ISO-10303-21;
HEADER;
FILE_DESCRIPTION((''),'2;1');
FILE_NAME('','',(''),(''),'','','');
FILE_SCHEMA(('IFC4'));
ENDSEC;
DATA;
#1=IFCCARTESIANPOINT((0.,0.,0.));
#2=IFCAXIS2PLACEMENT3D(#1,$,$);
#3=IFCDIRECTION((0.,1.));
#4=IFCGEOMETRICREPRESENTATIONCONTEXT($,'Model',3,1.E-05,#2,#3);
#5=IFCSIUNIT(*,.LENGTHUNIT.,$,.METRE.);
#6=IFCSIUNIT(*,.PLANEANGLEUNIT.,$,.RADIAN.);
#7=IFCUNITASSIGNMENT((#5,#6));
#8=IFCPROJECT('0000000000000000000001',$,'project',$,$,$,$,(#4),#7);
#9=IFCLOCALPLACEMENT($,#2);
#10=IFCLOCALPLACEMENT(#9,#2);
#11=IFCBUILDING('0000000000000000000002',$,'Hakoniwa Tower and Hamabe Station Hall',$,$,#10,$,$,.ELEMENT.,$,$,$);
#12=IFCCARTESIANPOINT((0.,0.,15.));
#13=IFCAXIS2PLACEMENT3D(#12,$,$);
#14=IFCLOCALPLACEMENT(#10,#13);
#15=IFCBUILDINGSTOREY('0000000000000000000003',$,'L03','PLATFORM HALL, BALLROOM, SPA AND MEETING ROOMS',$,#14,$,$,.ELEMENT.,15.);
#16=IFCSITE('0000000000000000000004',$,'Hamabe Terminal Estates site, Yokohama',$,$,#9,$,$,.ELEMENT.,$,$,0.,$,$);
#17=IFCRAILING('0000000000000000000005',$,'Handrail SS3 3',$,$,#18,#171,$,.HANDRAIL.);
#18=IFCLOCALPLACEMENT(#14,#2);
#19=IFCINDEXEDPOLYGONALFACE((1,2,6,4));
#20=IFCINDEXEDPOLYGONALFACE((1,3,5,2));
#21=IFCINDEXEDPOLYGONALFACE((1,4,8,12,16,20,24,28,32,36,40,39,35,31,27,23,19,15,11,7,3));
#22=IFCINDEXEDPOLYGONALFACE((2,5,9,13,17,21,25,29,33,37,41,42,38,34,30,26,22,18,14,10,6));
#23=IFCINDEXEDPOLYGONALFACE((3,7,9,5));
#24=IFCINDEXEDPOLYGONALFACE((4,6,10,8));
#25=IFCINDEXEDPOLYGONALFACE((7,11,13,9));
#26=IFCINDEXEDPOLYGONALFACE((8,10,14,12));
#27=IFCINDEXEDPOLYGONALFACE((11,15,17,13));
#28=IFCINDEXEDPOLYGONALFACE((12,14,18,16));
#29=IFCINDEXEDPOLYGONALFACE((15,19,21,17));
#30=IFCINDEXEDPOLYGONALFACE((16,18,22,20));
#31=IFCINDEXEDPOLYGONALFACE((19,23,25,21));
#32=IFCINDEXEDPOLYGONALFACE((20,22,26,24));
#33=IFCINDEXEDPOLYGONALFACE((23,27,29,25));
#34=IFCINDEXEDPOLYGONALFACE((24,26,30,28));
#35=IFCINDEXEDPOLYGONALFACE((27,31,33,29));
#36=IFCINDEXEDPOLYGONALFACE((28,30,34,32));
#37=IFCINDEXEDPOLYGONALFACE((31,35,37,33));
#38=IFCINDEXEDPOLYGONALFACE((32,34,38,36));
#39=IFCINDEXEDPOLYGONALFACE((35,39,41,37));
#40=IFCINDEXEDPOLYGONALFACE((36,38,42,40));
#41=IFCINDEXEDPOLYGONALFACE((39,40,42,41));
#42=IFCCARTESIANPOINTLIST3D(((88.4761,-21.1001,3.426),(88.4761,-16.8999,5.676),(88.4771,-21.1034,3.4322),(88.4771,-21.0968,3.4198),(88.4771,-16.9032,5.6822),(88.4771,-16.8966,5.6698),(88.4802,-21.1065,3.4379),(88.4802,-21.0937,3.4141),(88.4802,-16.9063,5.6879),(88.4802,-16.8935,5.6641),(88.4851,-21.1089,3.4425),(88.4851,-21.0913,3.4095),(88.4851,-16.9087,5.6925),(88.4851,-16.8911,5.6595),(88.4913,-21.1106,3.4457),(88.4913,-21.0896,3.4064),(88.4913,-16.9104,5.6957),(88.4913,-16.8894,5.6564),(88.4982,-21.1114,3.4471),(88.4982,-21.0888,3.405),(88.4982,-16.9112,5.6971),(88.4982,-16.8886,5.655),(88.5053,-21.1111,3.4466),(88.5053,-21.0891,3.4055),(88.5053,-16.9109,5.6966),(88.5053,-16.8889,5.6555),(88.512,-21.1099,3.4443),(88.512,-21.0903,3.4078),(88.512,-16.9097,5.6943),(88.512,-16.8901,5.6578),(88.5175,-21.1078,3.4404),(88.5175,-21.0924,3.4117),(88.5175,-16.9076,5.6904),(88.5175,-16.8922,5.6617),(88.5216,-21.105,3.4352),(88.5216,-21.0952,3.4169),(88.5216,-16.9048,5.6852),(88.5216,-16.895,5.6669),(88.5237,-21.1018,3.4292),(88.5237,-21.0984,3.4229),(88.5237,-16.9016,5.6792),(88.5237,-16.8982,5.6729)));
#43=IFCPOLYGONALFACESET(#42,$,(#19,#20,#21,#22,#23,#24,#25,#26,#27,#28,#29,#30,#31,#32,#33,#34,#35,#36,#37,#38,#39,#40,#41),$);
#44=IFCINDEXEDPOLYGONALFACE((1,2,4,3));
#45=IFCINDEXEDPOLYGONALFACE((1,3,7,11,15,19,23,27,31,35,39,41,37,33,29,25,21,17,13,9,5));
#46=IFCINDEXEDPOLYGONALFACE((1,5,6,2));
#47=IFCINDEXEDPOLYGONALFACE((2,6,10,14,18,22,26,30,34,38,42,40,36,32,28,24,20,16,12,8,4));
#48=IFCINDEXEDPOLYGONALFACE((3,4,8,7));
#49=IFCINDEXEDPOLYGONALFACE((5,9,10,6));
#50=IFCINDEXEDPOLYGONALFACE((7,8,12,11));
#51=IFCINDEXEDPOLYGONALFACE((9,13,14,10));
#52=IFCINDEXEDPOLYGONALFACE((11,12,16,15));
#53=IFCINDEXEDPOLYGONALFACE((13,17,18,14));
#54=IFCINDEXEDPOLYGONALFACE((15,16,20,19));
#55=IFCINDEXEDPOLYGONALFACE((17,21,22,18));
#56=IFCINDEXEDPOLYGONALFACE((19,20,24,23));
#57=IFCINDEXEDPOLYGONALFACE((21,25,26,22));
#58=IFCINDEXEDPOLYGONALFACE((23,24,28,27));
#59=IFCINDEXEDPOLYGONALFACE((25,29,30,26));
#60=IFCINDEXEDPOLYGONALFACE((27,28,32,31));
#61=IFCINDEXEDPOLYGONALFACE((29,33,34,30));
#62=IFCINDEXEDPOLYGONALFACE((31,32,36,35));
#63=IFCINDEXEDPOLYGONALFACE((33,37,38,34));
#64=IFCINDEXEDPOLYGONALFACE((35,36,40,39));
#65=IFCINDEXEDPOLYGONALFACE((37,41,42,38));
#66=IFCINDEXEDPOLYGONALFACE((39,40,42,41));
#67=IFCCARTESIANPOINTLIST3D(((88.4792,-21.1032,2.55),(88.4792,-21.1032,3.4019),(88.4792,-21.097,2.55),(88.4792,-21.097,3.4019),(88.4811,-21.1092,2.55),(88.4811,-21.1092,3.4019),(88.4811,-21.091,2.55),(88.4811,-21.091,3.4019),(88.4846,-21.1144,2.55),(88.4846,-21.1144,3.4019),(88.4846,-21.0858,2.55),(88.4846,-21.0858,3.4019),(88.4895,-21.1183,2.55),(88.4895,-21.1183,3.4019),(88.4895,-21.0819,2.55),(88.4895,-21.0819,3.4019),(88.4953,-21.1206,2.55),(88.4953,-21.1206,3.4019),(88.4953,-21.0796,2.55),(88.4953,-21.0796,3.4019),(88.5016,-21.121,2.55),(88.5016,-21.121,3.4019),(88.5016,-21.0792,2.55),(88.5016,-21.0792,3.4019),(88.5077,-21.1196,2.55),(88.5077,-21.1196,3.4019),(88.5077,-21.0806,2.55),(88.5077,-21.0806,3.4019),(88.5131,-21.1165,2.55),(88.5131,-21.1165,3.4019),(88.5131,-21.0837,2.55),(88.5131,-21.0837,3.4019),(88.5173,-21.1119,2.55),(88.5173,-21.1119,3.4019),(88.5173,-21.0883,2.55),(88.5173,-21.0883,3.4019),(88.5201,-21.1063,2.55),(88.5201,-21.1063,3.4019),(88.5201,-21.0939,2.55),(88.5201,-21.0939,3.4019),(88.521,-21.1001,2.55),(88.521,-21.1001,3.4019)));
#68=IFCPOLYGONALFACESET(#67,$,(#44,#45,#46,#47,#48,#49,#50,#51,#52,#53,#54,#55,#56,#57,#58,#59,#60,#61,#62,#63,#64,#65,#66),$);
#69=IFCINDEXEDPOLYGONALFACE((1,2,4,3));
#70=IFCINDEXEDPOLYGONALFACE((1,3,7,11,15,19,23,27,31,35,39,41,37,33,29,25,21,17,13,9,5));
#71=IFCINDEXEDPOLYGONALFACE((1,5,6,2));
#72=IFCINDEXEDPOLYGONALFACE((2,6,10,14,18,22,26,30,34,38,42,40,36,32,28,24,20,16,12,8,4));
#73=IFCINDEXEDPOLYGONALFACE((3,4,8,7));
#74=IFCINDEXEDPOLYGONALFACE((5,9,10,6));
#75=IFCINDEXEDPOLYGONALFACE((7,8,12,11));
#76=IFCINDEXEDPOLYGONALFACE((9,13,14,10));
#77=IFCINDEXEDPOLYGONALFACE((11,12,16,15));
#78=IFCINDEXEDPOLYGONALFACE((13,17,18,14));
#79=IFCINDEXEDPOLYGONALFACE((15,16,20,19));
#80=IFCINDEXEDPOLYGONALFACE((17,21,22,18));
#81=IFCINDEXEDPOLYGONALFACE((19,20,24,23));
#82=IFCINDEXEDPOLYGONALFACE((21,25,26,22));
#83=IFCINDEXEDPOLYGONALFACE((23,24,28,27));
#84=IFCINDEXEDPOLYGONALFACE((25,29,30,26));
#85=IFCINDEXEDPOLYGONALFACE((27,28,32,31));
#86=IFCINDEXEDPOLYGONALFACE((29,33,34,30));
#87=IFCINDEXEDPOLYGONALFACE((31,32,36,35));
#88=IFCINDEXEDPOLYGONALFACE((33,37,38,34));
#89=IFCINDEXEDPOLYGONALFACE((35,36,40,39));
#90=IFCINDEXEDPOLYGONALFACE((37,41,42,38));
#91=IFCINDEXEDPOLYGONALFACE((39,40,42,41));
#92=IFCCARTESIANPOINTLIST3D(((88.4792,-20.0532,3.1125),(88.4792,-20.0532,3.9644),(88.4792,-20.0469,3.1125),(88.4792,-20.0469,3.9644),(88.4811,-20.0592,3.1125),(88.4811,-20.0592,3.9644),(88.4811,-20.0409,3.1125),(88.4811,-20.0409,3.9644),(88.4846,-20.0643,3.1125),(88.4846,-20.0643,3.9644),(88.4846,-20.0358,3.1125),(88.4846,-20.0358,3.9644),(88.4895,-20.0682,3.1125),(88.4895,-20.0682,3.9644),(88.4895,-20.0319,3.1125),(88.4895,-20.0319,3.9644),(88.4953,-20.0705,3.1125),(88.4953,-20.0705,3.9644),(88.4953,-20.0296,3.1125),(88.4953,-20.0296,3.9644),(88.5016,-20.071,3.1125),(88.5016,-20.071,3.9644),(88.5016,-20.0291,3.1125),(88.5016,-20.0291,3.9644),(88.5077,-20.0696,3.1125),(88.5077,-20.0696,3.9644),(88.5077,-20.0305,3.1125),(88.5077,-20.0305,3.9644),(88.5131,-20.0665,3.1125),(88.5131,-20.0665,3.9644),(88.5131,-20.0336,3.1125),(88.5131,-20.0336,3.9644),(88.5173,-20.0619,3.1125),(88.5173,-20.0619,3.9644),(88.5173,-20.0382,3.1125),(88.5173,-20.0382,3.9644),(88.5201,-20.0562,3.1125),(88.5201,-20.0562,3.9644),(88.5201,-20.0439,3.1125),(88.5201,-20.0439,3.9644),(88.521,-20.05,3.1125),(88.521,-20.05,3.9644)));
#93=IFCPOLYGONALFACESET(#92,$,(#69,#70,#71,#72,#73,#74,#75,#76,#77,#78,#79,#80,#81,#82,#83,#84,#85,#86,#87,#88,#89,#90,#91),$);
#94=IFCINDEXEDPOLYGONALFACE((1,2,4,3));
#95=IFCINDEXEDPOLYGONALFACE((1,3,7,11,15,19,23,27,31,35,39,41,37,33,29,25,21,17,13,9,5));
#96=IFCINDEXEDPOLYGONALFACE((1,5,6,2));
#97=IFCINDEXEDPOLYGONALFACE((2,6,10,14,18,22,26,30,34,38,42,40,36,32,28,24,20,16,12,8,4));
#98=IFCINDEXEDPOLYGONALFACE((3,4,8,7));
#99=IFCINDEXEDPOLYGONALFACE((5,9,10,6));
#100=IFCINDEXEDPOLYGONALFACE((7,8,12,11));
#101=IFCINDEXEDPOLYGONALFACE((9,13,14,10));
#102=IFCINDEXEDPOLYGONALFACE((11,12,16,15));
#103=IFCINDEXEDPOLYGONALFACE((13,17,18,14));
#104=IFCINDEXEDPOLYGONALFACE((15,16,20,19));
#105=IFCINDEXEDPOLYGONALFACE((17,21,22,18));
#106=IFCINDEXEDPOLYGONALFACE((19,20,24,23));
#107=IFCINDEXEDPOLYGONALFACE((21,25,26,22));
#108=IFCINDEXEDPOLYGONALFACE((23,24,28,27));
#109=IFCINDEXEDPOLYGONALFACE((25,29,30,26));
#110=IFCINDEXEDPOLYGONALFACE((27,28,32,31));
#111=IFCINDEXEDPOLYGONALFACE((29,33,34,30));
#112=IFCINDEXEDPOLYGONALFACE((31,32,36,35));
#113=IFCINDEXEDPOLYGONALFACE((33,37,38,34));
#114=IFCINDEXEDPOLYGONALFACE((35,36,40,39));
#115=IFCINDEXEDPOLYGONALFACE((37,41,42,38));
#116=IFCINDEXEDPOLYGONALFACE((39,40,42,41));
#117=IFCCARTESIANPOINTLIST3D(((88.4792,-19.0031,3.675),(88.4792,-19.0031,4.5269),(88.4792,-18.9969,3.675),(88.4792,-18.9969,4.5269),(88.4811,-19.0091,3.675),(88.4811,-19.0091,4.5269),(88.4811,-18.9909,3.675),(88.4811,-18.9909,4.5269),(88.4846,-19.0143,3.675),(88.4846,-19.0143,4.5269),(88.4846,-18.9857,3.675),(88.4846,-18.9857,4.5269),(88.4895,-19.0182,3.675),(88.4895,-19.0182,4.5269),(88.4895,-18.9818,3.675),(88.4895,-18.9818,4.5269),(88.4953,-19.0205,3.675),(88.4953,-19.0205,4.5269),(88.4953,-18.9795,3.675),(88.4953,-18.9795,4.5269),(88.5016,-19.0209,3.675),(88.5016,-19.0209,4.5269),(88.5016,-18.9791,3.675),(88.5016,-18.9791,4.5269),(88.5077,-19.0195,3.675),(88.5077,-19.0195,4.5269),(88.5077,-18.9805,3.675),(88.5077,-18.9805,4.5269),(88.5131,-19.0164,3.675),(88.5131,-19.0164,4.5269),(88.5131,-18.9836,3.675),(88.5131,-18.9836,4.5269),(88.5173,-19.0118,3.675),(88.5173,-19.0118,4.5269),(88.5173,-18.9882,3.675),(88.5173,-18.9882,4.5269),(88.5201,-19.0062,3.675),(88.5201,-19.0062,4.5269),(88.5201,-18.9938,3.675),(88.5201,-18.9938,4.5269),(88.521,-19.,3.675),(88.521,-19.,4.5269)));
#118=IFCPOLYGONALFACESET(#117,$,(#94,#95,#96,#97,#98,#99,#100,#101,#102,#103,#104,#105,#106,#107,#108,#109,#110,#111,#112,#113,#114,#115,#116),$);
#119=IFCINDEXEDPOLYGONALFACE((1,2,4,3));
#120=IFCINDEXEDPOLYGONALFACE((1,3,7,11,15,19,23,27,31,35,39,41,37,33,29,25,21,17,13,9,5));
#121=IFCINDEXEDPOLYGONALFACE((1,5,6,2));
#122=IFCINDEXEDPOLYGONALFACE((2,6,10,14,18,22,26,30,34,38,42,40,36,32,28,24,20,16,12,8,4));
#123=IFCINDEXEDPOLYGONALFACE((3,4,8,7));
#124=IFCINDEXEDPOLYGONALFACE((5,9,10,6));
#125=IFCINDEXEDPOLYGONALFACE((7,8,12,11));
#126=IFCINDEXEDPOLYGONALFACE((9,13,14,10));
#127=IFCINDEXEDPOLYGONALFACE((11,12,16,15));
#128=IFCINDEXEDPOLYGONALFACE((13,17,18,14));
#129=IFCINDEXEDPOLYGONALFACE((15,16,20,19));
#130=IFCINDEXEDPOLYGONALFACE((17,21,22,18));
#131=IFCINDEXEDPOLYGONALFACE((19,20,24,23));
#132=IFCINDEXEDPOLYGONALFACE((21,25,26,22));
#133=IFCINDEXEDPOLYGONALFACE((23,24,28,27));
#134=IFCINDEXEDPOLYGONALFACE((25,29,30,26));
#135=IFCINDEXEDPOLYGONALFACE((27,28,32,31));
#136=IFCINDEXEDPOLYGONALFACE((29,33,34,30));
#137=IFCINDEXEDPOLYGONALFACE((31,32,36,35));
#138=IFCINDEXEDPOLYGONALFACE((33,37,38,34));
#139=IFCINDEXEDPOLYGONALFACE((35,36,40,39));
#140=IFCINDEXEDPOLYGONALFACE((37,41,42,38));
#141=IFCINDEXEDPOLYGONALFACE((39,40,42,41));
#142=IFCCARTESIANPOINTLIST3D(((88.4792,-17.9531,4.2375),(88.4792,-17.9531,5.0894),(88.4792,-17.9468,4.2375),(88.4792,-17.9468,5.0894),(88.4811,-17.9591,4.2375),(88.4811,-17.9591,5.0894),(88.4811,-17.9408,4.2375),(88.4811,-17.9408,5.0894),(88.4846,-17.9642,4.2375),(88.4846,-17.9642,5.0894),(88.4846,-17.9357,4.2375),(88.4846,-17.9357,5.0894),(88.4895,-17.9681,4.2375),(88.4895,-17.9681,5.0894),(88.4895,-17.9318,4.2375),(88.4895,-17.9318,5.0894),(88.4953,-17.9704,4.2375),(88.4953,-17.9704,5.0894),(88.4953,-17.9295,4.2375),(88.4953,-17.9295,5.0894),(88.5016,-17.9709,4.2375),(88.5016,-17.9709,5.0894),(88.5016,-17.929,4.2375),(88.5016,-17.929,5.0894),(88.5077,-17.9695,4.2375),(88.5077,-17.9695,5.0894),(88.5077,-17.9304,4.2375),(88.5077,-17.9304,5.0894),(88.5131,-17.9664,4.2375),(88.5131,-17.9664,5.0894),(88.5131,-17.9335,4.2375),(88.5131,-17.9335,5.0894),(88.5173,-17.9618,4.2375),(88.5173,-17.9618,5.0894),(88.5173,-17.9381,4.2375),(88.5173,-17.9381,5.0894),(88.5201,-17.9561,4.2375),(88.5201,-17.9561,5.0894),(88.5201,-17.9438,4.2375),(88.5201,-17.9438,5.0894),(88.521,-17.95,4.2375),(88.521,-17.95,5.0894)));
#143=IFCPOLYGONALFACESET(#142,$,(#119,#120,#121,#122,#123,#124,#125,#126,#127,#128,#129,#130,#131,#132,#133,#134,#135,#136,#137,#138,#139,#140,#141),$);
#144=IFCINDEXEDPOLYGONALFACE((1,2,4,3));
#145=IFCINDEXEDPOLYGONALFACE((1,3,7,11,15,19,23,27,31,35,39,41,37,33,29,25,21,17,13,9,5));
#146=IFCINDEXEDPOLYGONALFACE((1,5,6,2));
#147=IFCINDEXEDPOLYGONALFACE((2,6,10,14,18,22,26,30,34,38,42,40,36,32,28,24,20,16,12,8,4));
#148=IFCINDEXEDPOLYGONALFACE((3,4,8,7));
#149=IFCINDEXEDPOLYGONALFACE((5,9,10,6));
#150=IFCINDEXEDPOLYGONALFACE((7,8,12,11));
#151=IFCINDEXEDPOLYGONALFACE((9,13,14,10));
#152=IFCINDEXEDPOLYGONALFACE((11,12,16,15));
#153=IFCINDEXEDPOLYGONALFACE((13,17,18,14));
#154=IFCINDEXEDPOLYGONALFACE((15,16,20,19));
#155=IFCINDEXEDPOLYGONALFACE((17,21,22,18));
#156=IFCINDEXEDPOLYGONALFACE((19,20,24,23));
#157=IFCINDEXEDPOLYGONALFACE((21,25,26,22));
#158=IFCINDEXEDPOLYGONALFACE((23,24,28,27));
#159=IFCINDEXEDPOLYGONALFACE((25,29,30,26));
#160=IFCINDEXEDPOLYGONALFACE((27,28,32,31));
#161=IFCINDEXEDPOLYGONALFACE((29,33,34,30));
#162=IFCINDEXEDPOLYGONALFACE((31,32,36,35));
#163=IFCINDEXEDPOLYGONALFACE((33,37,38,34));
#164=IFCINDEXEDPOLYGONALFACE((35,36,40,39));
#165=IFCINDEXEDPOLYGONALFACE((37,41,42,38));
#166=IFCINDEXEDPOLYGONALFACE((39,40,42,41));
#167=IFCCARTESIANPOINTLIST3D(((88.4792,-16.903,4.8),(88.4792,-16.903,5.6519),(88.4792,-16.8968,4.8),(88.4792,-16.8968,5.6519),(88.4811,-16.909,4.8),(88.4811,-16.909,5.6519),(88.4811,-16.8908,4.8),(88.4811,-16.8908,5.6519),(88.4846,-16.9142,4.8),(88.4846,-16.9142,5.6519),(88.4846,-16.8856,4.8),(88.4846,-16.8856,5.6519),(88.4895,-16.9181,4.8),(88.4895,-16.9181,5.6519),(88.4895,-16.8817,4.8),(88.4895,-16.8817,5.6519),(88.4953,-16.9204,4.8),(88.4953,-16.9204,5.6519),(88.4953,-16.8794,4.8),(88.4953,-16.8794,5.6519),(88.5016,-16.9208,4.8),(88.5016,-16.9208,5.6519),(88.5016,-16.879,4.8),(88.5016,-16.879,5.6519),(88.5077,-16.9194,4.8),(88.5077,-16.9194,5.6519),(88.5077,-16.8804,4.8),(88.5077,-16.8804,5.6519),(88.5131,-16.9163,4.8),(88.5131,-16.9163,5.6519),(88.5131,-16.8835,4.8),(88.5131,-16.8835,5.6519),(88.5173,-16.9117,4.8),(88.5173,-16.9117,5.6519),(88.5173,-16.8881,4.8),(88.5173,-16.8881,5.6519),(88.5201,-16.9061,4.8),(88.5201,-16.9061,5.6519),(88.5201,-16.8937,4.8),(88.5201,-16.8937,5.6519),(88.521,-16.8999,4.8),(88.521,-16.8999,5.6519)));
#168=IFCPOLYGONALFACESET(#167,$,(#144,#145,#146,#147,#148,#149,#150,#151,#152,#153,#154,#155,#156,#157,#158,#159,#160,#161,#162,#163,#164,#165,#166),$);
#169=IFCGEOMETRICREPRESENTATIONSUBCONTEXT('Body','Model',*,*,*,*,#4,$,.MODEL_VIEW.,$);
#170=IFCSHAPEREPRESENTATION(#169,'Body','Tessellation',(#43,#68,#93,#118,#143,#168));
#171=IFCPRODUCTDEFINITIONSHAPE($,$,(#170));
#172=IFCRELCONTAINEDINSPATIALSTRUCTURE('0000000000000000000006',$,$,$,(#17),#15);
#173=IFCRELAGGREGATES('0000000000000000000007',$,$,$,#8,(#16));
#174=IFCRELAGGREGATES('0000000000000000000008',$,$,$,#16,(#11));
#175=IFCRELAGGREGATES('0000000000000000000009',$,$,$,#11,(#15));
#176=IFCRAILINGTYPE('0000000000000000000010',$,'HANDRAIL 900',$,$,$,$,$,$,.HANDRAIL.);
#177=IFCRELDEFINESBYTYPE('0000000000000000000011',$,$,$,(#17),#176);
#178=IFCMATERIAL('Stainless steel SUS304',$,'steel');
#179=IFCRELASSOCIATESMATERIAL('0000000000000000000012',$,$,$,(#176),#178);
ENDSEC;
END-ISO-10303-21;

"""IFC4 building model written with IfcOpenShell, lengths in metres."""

from ifc_helpers import new_model, si_unit, direction, frame, origin, origin_2d, place, context, subcontext, project, spatial, circle, extrude, material, type_object, element, save


model = new_model("IFC4")

# Units and contexts
model_context = context("Model", 3, precision=1e-05, world=origin(), true_north=direction((0.0, 1.0)))
body_context = subcontext(model_context, "Body", "Model", "MODEL_VIEW")
ifc_project = project(units=[si_unit("LENGTHUNIT", "METRE"), si_unit("PLANEANGLEUNIT", "RADIAN")], contexts=[model_context])

# Site, building, storey
site_placement = place(None, origin())
site = spatial("IfcSite", under=ifc_project, at=site_placement, Name="Hamabe Terminal Estates site, Yokohama", CompositionType="ELEMENT", RefElevation=0.0)
building_placement = place(site_placement, origin())
building = spatial("IfcBuilding", under=site, at=building_placement, Name="Hakoniwa Tower and Hamabe Station Hall", CompositionType="ELEMENT")
storey_placement = place(building_placement, frame((0.0, 0.0, 15.0)))
storey = spatial("IfcBuildingStorey", under=building, at=storey_placement, Name="L03", Description="PLATFORM HALL, BALLROOM, SPA AND MEETING ROOMS", CompositionType="ELEMENT", Elevation=15.0)

# Railing
ifc_material_1 = material(Name="Stainless steel SUS304", Category="steel")
railing_type = type_object("IfcRailingType", Name="HANDRAIL 900", PredefinedType="HANDRAIL", material=ifc_material_1)
for number, where, name in (
    (1, (88.5, -21.1001, 2.55), "Handrail SS3 3"),
):
    element("IfcRailing", number, at=place(storey_placement, frame(where)), inside=storey, type_object=railing_type, Name=name, PredefinedType="HANDRAIL", context=body_context, shape_type="SweptSolid", body=[
        extrude(circle(Radius=0.0239, at=origin_2d()), frame((0.0, 0.0, 0.876), z_axis=(0.0, 0.881489, 0.472204), x_axis=(-1.0, 0.0, 0.0)), (0.0, 0.0, 1.0), 4.7649),
        extrude(circle(Radius=0.021, at=origin_2d()), origin(), (0.0, 0.0, 1.0), 0.8518),
        extrude(circle(Radius=0.021, at=origin_2d()), frame((0.0, 1.05, 0.5625)), (0.0, 0.0, 1.0), 0.8518),
        extrude(circle(Radius=0.021, at=origin_2d()), frame((0.0, 2.1001, 1.125)), (0.0, 0.0, 1.0), 0.8518),
        extrude(circle(Radius=0.021, at=origin_2d()), frame((0.0, 3.1501, 1.6875)), (0.0, 0.0, 1.0), 0.8518),
        extrude(circle(Radius=0.021, at=origin_2d()), frame((0.0, 4.2002, 2.25)), (0.0, 0.0, 1.0), 0.8518),
    ])

save(model, "model.ifc")
